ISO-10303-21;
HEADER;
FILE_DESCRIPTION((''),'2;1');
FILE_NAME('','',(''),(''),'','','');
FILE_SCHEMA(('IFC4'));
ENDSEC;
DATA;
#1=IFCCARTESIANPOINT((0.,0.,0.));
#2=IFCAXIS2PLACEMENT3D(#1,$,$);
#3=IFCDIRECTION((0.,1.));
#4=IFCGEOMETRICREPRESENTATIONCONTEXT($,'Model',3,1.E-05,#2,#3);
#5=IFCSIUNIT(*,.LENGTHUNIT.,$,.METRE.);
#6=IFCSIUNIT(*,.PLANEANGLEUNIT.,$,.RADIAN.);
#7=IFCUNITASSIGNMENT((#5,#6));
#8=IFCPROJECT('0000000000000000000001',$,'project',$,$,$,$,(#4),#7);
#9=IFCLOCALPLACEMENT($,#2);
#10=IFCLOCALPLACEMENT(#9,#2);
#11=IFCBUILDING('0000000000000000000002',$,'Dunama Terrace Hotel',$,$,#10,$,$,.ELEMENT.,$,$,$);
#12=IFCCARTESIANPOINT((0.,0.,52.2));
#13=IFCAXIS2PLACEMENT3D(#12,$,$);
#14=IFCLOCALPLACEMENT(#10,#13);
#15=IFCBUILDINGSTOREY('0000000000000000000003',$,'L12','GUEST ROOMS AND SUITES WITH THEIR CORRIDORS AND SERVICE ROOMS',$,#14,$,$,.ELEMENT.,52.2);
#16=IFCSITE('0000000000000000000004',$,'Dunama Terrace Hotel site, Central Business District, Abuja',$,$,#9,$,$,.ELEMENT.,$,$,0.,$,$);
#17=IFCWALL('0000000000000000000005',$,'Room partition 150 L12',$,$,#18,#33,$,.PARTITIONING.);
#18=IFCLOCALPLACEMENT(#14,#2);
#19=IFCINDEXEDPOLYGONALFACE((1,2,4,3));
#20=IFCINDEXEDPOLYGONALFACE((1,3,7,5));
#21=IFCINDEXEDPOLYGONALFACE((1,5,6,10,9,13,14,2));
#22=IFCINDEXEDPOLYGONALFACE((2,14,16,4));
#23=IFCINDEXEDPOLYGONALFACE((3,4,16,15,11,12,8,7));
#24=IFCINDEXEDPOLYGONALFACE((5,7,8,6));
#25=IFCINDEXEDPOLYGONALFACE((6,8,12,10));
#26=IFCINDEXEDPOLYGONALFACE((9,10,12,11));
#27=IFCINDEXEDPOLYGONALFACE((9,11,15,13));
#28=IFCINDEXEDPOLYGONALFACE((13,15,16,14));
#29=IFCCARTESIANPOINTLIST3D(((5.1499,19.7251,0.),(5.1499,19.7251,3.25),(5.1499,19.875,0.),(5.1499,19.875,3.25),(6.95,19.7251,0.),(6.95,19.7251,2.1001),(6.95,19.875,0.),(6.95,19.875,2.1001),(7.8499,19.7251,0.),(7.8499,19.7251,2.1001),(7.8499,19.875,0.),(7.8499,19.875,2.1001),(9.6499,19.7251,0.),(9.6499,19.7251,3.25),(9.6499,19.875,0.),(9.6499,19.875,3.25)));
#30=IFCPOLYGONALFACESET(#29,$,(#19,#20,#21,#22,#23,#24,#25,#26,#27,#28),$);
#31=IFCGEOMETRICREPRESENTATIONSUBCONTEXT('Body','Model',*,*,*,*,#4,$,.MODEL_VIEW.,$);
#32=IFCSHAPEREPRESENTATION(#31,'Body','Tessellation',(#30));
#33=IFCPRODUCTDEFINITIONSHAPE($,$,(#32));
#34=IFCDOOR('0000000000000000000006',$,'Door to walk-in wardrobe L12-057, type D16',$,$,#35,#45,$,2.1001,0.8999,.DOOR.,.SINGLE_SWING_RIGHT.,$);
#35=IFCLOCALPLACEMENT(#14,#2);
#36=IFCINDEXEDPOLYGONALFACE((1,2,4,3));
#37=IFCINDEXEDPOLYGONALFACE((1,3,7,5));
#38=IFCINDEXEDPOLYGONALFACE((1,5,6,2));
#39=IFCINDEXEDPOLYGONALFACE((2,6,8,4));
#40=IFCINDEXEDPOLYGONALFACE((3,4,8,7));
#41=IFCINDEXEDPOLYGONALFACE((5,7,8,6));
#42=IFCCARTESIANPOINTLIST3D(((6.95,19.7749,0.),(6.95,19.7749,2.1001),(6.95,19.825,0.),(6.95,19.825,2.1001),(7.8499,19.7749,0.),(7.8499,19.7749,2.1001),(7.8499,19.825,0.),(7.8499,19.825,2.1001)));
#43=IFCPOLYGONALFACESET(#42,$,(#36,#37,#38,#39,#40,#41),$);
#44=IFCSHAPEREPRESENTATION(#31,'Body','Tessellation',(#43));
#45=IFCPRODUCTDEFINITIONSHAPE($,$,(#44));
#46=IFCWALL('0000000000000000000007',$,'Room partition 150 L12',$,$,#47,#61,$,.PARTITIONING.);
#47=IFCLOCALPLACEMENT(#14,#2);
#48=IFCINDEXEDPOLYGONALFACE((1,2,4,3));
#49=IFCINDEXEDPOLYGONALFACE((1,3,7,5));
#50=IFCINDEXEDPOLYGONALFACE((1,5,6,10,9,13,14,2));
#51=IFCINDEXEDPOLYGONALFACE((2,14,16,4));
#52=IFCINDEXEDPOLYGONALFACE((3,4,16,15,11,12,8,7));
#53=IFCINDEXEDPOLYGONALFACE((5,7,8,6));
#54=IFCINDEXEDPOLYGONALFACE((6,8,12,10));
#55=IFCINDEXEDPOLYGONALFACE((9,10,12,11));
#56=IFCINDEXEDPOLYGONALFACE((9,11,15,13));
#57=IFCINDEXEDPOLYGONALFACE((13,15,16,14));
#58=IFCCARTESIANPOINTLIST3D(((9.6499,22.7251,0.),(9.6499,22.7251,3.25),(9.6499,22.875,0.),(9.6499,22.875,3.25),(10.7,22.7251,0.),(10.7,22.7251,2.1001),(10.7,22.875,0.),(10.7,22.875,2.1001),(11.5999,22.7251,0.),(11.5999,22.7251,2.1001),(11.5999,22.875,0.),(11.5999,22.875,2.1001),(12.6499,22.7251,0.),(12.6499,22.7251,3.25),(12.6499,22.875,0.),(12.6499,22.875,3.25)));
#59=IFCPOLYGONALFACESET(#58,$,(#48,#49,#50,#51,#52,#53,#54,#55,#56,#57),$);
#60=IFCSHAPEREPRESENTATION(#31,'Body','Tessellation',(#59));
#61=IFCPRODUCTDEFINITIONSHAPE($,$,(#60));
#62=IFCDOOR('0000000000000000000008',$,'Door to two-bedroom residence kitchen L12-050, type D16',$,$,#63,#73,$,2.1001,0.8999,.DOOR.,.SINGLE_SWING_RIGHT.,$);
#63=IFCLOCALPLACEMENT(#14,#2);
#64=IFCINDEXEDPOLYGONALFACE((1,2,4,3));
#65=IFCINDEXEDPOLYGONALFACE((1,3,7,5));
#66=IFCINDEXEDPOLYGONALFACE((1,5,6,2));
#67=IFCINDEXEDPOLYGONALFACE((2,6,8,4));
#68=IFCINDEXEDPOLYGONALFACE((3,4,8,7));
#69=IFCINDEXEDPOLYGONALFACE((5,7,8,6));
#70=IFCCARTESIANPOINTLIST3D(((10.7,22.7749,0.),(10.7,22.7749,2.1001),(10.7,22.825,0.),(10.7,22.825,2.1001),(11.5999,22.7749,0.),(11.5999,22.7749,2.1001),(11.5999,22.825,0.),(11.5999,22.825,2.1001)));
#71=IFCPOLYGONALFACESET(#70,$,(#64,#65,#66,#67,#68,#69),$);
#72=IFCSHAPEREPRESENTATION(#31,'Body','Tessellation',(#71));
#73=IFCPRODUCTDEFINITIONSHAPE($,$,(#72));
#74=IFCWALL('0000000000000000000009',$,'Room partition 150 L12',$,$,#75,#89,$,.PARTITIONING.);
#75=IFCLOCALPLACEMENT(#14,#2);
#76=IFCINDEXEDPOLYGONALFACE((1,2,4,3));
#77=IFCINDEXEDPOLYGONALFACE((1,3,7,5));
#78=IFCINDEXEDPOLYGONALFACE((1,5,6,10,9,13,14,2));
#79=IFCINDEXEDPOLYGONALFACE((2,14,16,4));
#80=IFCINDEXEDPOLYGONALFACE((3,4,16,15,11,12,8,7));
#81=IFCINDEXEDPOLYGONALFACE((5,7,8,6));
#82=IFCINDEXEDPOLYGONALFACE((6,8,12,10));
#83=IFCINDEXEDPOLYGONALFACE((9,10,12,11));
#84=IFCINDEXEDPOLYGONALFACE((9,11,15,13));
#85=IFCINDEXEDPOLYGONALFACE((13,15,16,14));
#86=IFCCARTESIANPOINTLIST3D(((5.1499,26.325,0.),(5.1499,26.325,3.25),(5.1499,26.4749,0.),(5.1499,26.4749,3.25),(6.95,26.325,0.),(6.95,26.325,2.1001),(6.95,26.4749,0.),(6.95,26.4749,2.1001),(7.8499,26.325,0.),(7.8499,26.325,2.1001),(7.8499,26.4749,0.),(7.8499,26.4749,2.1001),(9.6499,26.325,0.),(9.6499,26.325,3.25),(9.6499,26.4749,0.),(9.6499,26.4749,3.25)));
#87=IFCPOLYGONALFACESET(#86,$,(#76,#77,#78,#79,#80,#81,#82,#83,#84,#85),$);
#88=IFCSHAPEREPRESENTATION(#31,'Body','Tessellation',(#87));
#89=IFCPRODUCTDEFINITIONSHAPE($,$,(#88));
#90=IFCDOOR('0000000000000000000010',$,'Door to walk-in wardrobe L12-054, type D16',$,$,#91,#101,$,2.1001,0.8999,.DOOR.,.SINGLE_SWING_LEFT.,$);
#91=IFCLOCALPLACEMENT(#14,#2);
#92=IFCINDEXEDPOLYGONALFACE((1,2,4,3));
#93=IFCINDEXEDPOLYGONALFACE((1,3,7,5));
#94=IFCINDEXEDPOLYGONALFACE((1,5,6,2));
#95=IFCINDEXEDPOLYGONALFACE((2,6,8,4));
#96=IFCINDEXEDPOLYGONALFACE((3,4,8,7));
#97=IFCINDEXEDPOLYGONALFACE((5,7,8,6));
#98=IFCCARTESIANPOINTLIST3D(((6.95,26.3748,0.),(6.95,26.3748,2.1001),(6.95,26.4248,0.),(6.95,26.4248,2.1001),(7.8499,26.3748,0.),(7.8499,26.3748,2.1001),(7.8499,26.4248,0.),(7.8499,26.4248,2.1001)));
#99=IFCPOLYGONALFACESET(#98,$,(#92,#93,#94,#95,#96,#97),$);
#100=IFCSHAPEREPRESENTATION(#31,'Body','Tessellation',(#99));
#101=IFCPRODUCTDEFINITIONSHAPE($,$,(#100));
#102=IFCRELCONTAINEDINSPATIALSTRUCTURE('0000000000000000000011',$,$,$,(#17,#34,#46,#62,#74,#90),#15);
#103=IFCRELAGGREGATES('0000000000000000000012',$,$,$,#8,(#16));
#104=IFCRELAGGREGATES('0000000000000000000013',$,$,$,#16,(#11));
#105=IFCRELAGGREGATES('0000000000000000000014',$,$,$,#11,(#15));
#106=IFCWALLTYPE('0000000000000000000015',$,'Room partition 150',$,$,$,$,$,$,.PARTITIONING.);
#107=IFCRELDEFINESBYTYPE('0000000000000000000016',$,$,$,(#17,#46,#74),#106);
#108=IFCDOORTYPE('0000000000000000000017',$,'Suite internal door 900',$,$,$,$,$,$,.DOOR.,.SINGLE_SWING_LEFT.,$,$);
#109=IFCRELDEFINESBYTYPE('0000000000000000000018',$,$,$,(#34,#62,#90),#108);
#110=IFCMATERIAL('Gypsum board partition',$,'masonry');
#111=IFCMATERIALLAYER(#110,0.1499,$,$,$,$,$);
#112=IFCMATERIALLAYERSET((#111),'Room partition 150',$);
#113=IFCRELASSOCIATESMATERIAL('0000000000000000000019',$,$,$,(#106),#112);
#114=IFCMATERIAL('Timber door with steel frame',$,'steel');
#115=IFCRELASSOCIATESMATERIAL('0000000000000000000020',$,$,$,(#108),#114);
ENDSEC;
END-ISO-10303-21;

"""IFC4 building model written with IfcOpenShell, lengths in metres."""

from ifc_helpers import new_model, si_unit, direction, frame, frame_2d, origin, place, context, subcontext, project, spatial, rectangle, extrude, material, layer, layer_set, type_object, element, fill, save


model = new_model("IFC4")

# Units and contexts
model_context = context("Model", 3, precision=1e-05, world=origin(), true_north=direction((0.0, 1.0)))
body_context = subcontext(model_context, "Body", "Model", "MODEL_VIEW")
ifc_project = project(units=[si_unit("LENGTHUNIT", "METRE"), si_unit("PLANEANGLEUNIT", "RADIAN")], contexts=[model_context])

# Site, building, storey
site_placement = place(None, origin())
site = spatial("IfcSite", under=ifc_project, at=site_placement, Name="Dunama Terrace Hotel site, Central Business District, Abuja", CompositionType="ELEMENT", RefElevation=0.0)
building_placement = place(site_placement, origin())
building = spatial("IfcBuilding", under=site, at=building_placement, Name="Dunama Terrace Hotel", CompositionType="ELEMENT")
storey_placement = place(building_placement, frame((0.0, 0.0, 52.2)))
storey = spatial("IfcBuildingStorey", under=building, at=storey_placement, Name="L12", Description="GUEST ROOMS AND SUITES WITH THEIR CORRIDORS AND SERVICE ROOMS", CompositionType="ELEMENT", Elevation=52.2)

# Shared definitions
ifc_material_1 = material(Name="Gypsum board partition", Category="masonry")
ifc_layer_1 = layer(ifc_material_1, 0.1499)
ifc_layer_set_1 = layer_set([ifc_layer_1], Name="Room partition 150")
wall_type_1 = type_object("IfcWallType", Name="Room partition 150", PredefinedType="PARTITIONING", material=ifc_layer_set_1)

# Walls, openings, doors
wall_1_placement = place(storey_placement, frame((5.1499, 19.8, 0.0), z_axis=(0.0, 0.0, 1.0), x_axis=(1.0, 0.0, 0.0)))
wall_1 = element("IfcWall", 1, at=wall_1_placement, inside=storey, type_object=wall_type_1, Name="Room partition 150 L12", PredefinedType="PARTITIONING", context=body_context, shape_type="SweptSolid", body=[
    extrude(rectangle(XDim=4.5, YDim=0.1499, at=frame_2d((2.25, 0.0))), origin(), (0.0, 0.0, 1.0), 3.25),
])
opening_1_placement = place(wall_1_placement, frame((1.8, 0.0, 0.0)))
opening_1 = element("IfcOpeningElement", 2, at=opening_1_placement, cuts=wall_1, PredefinedType="OPENING", context=body_context, shape_type="SweptSolid", body=[
    extrude(rectangle(XDim=0.8999, YDim=2.1001, at=frame_2d((0.45, 1.05))), frame((0.0, 0.085, 0.0), z_axis=(0.0, -1.0, 0.0), x_axis=(1.0, 0.0, 0.0)), (0.0, 0.0, 1.0), 0.1699),
])
ifc_material_2 = material(Name="Timber door with steel frame", Category="steel")
door_type_1 = type_object("IfcDoorType", Name="Suite internal door 900", OperationType="SINGLE_SWING_LEFT", PredefinedType="DOOR", material=ifc_material_2)
door_1_placement = place(opening_1_placement, frame((0.8999, 0.0, 0.0), z_axis=(0.0, 0.0, 1.0), x_axis=(-1.0, 0.0, 0.0)))
door_1 = element("IfcDoor", 3, at=door_1_placement, inside=storey, type_object=door_type_1, Name="Door to walk-in wardrobe L12-057, type D16", OperationType="SINGLE_SWING_RIGHT", OverallHeight=2.1001, OverallWidth=0.8999, PredefinedType="DOOR", context=body_context, shape_type="SweptSolid", body=[
    extrude(rectangle(XDim=0.8999, YDim=2.1001, at=frame_2d((0.45, 1.05))), frame((0.0, 0.0251, 0.0), z_axis=(0.0, -1.0, 0.0), x_axis=(1.0, 0.0, 0.0)), (0.0, 0.0, 1.0), 0.05),
])
fill(opening_1, door_1)
wall_2_placement = place(storey_placement, frame((9.6499, 22.8, 0.0), z_axis=(0.0, 0.0, 1.0), x_axis=(1.0, 0.0, 0.0)))
wall_2 = element("IfcWall", 4, at=wall_2_placement, inside=storey, type_object=wall_type_1, Name="Room partition 150 L12", PredefinedType="PARTITIONING", context=body_context, shape_type="SweptSolid", body=[
    extrude(rectangle(XDim=3.0, YDim=0.1499, at=frame_2d((1.5, 0.0))), origin(), (0.0, 0.0, 1.0), 3.25),
])
opening_2_placement = place(wall_2_placement, frame((1.05, 0.0, 0.0)))
opening_2 = element("IfcOpeningElement", 5, at=opening_2_placement, cuts=wall_2, PredefinedType="OPENING", context=body_context, shape_type="SweptSolid", body=[
    extrude(rectangle(XDim=0.8999, YDim=2.1001, at=frame_2d((0.45, 1.05))), frame((0.0, 0.085, 0.0), z_axis=(0.0, -1.0, 0.0), x_axis=(1.0, 0.0, 0.0)), (0.0, 0.0, 1.0), 0.1699),
])
door_2_placement = place(opening_2_placement, origin())
door_2 = element("IfcDoor", 6, at=door_2_placement, inside=storey, type_object=door_type_1, Name="Door to two-bedroom residence kitchen L12-050, type D16", OperationType="SINGLE_SWING_RIGHT", OverallHeight=2.1001, OverallWidth=0.8999, PredefinedType="DOOR", context=body_context, shape_type="SweptSolid", body=[
    extrude(rectangle(XDim=0.8999, YDim=2.1001, at=frame_2d((0.45, 1.05))), frame((0.0, 0.0249, 0.0), z_axis=(0.0, -1.0, 0.0), x_axis=(1.0, 0.0, 0.0)), (0.0, 0.0, 1.0), 0.05),
])
fill(opening_2, door_2)
wall_3_placement = place(storey_placement, frame((5.1499, 26.3999, 0.0), z_axis=(0.0, 0.0, 1.0), x_axis=(1.0, 0.0, 0.0)))
wall_3 = element("IfcWall", 7, at=wall_3_placement, inside=storey, type_object=wall_type_1, Name="Room partition 150 L12", PredefinedType="PARTITIONING", context=body_context, shape_type="SweptSolid", body=[
    extrude(rectangle(XDim=4.5, YDim=0.1499, at=frame_2d((2.25, 0.0))), origin(), (0.0, 0.0, 1.0), 3.25),
])
opening_3_placement = place(wall_3_placement, frame((1.8, 0.0, 0.0)))
opening_3 = element("IfcOpeningElement", 8, at=opening_3_placement, cuts=wall_3, PredefinedType="OPENING", context=body_context, shape_type="SweptSolid", body=[
    extrude(rectangle(XDim=0.8999, YDim=2.1001, at=frame_2d((0.45, 1.05))), frame((0.0, 0.085, 0.0), z_axis=(0.0, -1.0, 0.0), x_axis=(1.0, 0.0, 0.0)), (0.0, 0.0, 1.0), 0.1699),
])
door_3_placement = place(opening_3_placement, origin())
door_3 = element("IfcDoor", 9, at=door_3_placement, inside=storey, type_object=door_type_1, Name="Door to walk-in wardrobe L12-054, type D16", OperationType="SINGLE_SWING_LEFT", OverallHeight=2.1001, OverallWidth=0.8999, PredefinedType="DOOR", context=body_context, shape_type="SweptSolid", body=[
    extrude(rectangle(XDim=0.8999, YDim=2.1001, at=frame_2d((0.45, 1.05))), frame((0.0, 0.0249, 0.0), z_axis=(0.0, -1.0, 0.0), x_axis=(1.0, 0.0, 0.0)), (0.0, 0.0, 1.0), 0.05),
])
fill(opening_3, door_3)

save(model, "model.ifc")
